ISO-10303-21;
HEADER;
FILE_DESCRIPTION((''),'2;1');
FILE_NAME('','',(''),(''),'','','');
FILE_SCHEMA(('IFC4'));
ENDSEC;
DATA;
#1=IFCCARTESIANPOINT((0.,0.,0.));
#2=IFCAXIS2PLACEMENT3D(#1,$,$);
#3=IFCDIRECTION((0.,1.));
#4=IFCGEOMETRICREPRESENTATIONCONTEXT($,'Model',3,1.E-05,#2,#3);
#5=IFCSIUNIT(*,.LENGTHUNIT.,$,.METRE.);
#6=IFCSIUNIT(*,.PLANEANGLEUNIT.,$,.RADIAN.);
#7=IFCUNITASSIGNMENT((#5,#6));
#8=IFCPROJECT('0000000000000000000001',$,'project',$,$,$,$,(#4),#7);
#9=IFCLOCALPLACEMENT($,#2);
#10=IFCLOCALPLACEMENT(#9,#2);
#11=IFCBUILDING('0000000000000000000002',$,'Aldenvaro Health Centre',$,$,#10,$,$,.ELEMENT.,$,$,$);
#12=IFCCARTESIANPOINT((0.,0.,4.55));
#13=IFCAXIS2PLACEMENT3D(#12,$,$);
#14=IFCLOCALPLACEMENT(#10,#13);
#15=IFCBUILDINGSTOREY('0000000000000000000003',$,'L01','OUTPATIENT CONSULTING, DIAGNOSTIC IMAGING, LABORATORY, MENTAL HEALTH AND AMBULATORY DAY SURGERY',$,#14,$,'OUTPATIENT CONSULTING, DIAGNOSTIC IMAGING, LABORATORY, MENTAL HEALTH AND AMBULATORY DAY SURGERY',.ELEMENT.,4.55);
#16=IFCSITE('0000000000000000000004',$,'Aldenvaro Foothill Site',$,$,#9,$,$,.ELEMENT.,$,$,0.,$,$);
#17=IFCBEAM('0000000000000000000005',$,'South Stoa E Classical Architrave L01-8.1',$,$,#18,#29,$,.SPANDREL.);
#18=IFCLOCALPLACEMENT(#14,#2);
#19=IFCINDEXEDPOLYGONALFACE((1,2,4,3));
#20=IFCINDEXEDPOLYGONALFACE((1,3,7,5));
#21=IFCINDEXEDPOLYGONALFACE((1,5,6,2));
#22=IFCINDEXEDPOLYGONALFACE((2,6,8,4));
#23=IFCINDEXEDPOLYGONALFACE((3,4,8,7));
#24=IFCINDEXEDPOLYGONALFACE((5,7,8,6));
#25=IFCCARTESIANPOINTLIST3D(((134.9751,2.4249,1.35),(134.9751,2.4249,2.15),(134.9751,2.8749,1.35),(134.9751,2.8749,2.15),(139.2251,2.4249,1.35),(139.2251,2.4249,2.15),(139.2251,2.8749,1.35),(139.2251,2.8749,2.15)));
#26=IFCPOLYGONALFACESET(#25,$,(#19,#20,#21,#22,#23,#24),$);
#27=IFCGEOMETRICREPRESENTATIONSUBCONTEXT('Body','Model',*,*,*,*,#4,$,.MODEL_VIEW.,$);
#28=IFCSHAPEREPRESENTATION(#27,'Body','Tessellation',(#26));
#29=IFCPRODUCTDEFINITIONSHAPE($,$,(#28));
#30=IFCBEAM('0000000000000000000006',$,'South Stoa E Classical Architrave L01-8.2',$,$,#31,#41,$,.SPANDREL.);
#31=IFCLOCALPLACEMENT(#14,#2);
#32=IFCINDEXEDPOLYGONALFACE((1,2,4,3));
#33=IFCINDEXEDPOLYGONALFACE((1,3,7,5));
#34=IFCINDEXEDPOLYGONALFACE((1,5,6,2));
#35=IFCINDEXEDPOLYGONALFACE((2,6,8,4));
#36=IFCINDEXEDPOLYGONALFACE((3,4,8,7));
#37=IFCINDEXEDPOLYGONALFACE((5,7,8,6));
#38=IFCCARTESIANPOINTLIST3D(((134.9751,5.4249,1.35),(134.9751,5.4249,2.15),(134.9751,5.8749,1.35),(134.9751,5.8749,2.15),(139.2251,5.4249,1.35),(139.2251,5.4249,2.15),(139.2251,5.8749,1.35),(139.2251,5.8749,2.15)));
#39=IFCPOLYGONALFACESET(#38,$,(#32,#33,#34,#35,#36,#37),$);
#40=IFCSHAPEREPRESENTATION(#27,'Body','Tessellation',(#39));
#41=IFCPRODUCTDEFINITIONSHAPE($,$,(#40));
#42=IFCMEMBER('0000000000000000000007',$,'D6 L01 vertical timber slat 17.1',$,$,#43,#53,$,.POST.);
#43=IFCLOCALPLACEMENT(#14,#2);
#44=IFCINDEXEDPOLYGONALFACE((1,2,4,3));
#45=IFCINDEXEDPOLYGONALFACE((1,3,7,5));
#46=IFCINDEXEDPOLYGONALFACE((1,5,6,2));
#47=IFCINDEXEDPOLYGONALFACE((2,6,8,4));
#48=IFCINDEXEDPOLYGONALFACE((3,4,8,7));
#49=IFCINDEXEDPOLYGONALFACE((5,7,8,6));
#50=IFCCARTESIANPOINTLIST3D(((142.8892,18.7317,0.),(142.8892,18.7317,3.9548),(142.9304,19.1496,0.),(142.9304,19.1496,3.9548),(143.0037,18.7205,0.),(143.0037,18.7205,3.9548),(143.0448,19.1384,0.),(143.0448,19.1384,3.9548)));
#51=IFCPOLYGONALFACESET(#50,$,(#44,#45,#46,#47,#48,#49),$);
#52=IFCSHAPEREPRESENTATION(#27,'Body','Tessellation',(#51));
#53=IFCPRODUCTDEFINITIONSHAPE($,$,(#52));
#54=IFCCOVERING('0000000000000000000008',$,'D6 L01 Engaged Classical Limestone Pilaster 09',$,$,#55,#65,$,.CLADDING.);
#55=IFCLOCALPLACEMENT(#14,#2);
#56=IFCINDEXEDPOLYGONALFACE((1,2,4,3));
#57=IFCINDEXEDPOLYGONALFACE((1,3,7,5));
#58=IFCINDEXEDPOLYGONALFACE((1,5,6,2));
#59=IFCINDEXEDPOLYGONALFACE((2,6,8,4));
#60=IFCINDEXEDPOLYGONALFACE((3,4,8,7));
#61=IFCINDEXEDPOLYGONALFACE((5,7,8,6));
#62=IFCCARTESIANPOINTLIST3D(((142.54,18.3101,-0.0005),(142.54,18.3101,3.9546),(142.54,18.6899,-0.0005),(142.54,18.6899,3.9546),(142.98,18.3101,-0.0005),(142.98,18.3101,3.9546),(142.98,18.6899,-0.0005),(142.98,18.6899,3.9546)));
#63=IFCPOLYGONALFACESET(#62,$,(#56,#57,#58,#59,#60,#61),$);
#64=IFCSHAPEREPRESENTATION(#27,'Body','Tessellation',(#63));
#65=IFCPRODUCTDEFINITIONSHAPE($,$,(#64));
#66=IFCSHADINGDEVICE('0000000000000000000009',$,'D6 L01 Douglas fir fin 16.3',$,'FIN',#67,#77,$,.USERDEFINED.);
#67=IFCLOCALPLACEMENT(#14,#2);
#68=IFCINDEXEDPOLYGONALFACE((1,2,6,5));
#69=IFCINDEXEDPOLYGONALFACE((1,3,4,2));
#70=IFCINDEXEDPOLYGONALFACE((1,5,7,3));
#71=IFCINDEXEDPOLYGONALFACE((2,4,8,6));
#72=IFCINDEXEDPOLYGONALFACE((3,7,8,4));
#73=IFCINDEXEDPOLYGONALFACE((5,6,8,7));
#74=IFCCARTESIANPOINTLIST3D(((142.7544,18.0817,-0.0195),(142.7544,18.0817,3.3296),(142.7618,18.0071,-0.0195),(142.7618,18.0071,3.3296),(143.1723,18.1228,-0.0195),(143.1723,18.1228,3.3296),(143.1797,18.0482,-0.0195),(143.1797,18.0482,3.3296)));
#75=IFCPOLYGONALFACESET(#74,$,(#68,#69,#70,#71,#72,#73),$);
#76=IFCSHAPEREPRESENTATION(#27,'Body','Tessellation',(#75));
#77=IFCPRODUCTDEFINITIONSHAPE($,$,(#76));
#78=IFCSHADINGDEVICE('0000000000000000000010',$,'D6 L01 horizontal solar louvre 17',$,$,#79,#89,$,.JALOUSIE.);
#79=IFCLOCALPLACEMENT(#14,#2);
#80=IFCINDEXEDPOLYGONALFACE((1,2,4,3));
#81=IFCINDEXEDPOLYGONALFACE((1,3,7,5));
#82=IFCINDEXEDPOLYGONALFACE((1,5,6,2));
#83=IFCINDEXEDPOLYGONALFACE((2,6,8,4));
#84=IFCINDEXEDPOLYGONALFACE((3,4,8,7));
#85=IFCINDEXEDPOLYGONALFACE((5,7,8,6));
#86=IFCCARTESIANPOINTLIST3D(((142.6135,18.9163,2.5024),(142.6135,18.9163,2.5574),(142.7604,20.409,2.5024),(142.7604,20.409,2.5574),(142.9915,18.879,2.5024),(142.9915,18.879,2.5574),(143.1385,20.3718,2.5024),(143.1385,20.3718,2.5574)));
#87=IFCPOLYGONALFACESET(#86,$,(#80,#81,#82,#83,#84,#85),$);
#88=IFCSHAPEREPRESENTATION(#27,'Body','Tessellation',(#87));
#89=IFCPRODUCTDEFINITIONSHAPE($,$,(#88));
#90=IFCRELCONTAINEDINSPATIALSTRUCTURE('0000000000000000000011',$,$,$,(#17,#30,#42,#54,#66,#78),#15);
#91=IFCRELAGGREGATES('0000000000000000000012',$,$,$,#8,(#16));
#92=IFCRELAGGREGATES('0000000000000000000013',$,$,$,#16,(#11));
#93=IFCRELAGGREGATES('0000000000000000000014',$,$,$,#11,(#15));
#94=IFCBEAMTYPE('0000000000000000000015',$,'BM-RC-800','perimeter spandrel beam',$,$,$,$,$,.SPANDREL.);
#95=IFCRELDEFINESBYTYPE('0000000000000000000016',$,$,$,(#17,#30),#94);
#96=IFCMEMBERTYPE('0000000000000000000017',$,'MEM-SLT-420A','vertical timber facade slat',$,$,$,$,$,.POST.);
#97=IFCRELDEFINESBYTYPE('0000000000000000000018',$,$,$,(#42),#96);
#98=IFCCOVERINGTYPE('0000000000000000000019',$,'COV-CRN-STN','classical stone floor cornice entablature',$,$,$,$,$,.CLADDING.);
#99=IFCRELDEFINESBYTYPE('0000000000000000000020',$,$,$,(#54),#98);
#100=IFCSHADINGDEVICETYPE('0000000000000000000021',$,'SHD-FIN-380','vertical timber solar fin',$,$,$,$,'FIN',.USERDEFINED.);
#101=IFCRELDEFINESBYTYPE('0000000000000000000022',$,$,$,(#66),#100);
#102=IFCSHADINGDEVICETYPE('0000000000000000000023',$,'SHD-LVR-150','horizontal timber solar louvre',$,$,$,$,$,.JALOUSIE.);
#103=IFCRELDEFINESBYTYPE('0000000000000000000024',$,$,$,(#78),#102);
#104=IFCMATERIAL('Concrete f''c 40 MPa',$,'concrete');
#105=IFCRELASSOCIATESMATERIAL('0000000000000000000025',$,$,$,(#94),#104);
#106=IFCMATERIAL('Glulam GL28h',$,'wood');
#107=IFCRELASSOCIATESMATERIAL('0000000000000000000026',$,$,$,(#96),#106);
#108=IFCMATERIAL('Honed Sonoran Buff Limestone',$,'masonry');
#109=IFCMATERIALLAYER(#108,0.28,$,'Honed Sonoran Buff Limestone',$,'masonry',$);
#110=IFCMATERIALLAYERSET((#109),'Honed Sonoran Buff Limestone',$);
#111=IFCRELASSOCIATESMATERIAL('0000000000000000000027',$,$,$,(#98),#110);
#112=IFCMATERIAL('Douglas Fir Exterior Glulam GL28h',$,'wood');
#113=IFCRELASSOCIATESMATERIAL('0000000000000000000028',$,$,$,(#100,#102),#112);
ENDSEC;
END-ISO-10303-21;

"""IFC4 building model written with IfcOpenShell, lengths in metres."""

from ifc_helpers import new_model, si_unit, direction, frame, origin, origin_2d, place, context, subcontext, project, spatial, rectangle, extrude, material, layer, layer_set, material_profile, profile_set, type_object, element, save


model = new_model("IFC4")

# Units and contexts
model_context = context("Model", 3, precision=1e-05, world=origin(), true_north=direction((0.0, 1.0)))
body_context = subcontext(model_context, "Body", "Model", "MODEL_VIEW")
ifc_project = project(units=[si_unit("LENGTHUNIT", "METRE"), si_unit("PLANEANGLEUNIT", "RADIAN")], contexts=[model_context])

# Site, building, storey
site_placement = place(None, origin())
site = spatial("IfcSite", under=ifc_project, at=site_placement, Name="Aldenvaro Foothill Site", CompositionType="ELEMENT", RefElevation=0.0)
building_placement = place(site_placement, origin())
building = spatial("IfcBuilding", under=site, at=building_placement, Name="Aldenvaro Health Centre", CompositionType="ELEMENT")
storey_placement = place(building_placement, frame((0.0, 0.0, 4.55)))
storey = spatial("IfcBuildingStorey", under=building, at=storey_placement, Name="L01", Description="OUTPATIENT CONSULTING, DIAGNOSTIC IMAGING, LABORATORY, MENTAL HEALTH AND AMBULATORY DAY SURGERY", LongName="OUTPATIENT CONSULTING, DIAGNOSTIC IMAGING, LABORATORY, MENTAL HEALTH AND AMBULATORY DAY SURGERY", CompositionType="ELEMENT", Elevation=4.55)

# Shared definitions
ifc_material_1 = material(Name="Concrete f'c 40 MPa", Category="concrete")

# Beams
ifc_material_profile_1 = material_profile(ifc_material_1, rectangle(XDim=0.45, YDim=0.8, at=origin_2d()), Name="RC 450x800", Category="concrete")
ifc_profile_set_1 = profile_set([ifc_material_profile_1], Name="Concrete f'c 40 MPa")
beam_type_1 = type_object("IfcBeamType", Name="BM-RC-800", Description="perimeter spandrel beam", PredefinedType="SPANDREL", material=ifc_profile_set_1)
for number, where, z_axis, x_axis, name in (
    (1, (134.9751, 2.6499, 1.75), (1.0, 0.0, 0.0), (0.0, 1.0, 0.0), "South Stoa E Classical Architrave L01-8.1"),
    (2, (134.9751, 5.6499, 1.75), (1.0, 0.0, 0.0), (0.0, 1.0, 0.0), "South Stoa E Classical Architrave L01-8.2"),
):
    element("IfcBeam", number, at=place(storey_placement, frame(where, z_axis=z_axis, x_axis=x_axis)), inside=storey, type_object=beam_type_1, Name=name, PredefinedType="SPANDREL", context=body_context, shape_type="SweptSolid", body=[
        extrude(rectangle(XDim=0.45, YDim=0.8, at=origin_2d()), origin(), (0.0, 0.0, 1.0), 4.25),
    ])

# Member
ifc_material_2 = material(Name="Glulam GL28h", Category="wood")
ifc_material_profile_2 = material_profile(ifc_material_2, rectangle(XDim=0.115, YDim=0.4199, at=origin_2d()), Name="GL 115x420", Category="wood")
ifc_profile_set_2 = profile_set([ifc_material_profile_2], Name="Glulam GL28h")
member_type = type_object("IfcMemberType", Name="MEM-SLT-420A", Description="vertical timber facade slat", PredefinedType="POST", material=ifc_profile_set_2)
member_placement = place(storey_placement, frame((142.967, 18.9351, 0.0), z_axis=(0.0, 0.0, 1.0), x_axis=(-0.995187, 0.097997, 0.0)))
element("IfcMember", 3, at=member_placement, inside=storey, type_object=member_type, Name="D6 L01 vertical timber slat 17.1", PredefinedType="POST", context=body_context, shape_type="SweptSolid", body=[
    extrude(rectangle(XDim=0.115, YDim=0.4199, at=origin_2d()), origin(), (0.0, 0.0, 1.0), 3.9548),
])

# Covering
ifc_material_3 = material(Name="Honed Sonoran Buff Limestone", Category="masonry")
ifc_layer = layer(ifc_material_3, 0.28, Name="Honed Sonoran Buff Limestone", Category="masonry")
ifc_layer_set = layer_set([ifc_layer], Name="Honed Sonoran Buff Limestone")
covering_type = type_object("IfcCoveringType", Name="COV-CRN-STN", Description="classical stone floor cornice entablature", PredefinedType="CLADDING", material=ifc_layer_set)
covering_placement = place(storey_placement, frame((142.76, 18.5, -0.0005), z_axis=(0.0, 0.0, 1.0), x_axis=(-1.0, 0.0, 0.0)))
element("IfcCovering", 4, at=covering_placement, inside=storey, type_object=covering_type, Name="D6 L01 Engaged Classical Limestone Pilaster 09", PredefinedType="CLADDING", context=body_context, shape_type="SweptSolid", body=[
    extrude(rectangle(XDim=0.4399, YDim=0.3799, at=origin_2d()), origin(), (0.0, 0.0, 1.0), 3.9551),
])

# Shading devices
ifc_material_4 = material(Name="Douglas Fir Exterior Glulam GL28h", Category="wood")
shading_device_type_1 = type_object("IfcShadingDeviceType", Name="SHD-FIN-380", Description="vertical timber solar fin", ElementType="FIN", PredefinedType="USERDEFINED", material=ifc_material_4)
shading_device_1_placement = place(storey_placement, frame((142.967, 18.0649, -0.0195), z_axis=(0.0, 0.0, 1.0), x_axis=(-0.097997, 0.995187, 0.0)))
element("IfcShadingDevice", 5, at=shading_device_1_placement, inside=storey, type_object=shading_device_type_1, Name="D6 L01 Douglas fir fin 16.3", ObjectType="FIN", PredefinedType="USERDEFINED", context=body_context, shape_type="SweptSolid", body=[
    extrude(rectangle(XDim=0.075, YDim=0.4199, at=origin_2d()), origin(), (0.0, 0.0, 1.0), 3.3491),
])
shading_device_type_2 = type_object("IfcShadingDeviceType", Name="SHD-LVR-150", Description="horizontal timber solar louvre", PredefinedType="JALOUSIE", material=ifc_material_4)
shading_device_2_placement = place(storey_placement, frame((142.876, 19.644, 2.5024), z_axis=(0.0, 0.0, 1.0), x_axis=(0.097997, 0.995187, 0.0)))
element("IfcShadingDevice", 6, at=shading_device_2_placement, inside=storey, type_object=shading_device_type_2, Name="D6 L01 horizontal solar louvre 17", PredefinedType="JALOUSIE", context=body_context, shape_type="SweptSolid", body=[
    extrude(rectangle(XDim=1.5, YDim=0.3799, at=origin_2d()), origin(), (0.0, 0.0, 1.0), 0.0549),
])

save(model, "model.ifc")
